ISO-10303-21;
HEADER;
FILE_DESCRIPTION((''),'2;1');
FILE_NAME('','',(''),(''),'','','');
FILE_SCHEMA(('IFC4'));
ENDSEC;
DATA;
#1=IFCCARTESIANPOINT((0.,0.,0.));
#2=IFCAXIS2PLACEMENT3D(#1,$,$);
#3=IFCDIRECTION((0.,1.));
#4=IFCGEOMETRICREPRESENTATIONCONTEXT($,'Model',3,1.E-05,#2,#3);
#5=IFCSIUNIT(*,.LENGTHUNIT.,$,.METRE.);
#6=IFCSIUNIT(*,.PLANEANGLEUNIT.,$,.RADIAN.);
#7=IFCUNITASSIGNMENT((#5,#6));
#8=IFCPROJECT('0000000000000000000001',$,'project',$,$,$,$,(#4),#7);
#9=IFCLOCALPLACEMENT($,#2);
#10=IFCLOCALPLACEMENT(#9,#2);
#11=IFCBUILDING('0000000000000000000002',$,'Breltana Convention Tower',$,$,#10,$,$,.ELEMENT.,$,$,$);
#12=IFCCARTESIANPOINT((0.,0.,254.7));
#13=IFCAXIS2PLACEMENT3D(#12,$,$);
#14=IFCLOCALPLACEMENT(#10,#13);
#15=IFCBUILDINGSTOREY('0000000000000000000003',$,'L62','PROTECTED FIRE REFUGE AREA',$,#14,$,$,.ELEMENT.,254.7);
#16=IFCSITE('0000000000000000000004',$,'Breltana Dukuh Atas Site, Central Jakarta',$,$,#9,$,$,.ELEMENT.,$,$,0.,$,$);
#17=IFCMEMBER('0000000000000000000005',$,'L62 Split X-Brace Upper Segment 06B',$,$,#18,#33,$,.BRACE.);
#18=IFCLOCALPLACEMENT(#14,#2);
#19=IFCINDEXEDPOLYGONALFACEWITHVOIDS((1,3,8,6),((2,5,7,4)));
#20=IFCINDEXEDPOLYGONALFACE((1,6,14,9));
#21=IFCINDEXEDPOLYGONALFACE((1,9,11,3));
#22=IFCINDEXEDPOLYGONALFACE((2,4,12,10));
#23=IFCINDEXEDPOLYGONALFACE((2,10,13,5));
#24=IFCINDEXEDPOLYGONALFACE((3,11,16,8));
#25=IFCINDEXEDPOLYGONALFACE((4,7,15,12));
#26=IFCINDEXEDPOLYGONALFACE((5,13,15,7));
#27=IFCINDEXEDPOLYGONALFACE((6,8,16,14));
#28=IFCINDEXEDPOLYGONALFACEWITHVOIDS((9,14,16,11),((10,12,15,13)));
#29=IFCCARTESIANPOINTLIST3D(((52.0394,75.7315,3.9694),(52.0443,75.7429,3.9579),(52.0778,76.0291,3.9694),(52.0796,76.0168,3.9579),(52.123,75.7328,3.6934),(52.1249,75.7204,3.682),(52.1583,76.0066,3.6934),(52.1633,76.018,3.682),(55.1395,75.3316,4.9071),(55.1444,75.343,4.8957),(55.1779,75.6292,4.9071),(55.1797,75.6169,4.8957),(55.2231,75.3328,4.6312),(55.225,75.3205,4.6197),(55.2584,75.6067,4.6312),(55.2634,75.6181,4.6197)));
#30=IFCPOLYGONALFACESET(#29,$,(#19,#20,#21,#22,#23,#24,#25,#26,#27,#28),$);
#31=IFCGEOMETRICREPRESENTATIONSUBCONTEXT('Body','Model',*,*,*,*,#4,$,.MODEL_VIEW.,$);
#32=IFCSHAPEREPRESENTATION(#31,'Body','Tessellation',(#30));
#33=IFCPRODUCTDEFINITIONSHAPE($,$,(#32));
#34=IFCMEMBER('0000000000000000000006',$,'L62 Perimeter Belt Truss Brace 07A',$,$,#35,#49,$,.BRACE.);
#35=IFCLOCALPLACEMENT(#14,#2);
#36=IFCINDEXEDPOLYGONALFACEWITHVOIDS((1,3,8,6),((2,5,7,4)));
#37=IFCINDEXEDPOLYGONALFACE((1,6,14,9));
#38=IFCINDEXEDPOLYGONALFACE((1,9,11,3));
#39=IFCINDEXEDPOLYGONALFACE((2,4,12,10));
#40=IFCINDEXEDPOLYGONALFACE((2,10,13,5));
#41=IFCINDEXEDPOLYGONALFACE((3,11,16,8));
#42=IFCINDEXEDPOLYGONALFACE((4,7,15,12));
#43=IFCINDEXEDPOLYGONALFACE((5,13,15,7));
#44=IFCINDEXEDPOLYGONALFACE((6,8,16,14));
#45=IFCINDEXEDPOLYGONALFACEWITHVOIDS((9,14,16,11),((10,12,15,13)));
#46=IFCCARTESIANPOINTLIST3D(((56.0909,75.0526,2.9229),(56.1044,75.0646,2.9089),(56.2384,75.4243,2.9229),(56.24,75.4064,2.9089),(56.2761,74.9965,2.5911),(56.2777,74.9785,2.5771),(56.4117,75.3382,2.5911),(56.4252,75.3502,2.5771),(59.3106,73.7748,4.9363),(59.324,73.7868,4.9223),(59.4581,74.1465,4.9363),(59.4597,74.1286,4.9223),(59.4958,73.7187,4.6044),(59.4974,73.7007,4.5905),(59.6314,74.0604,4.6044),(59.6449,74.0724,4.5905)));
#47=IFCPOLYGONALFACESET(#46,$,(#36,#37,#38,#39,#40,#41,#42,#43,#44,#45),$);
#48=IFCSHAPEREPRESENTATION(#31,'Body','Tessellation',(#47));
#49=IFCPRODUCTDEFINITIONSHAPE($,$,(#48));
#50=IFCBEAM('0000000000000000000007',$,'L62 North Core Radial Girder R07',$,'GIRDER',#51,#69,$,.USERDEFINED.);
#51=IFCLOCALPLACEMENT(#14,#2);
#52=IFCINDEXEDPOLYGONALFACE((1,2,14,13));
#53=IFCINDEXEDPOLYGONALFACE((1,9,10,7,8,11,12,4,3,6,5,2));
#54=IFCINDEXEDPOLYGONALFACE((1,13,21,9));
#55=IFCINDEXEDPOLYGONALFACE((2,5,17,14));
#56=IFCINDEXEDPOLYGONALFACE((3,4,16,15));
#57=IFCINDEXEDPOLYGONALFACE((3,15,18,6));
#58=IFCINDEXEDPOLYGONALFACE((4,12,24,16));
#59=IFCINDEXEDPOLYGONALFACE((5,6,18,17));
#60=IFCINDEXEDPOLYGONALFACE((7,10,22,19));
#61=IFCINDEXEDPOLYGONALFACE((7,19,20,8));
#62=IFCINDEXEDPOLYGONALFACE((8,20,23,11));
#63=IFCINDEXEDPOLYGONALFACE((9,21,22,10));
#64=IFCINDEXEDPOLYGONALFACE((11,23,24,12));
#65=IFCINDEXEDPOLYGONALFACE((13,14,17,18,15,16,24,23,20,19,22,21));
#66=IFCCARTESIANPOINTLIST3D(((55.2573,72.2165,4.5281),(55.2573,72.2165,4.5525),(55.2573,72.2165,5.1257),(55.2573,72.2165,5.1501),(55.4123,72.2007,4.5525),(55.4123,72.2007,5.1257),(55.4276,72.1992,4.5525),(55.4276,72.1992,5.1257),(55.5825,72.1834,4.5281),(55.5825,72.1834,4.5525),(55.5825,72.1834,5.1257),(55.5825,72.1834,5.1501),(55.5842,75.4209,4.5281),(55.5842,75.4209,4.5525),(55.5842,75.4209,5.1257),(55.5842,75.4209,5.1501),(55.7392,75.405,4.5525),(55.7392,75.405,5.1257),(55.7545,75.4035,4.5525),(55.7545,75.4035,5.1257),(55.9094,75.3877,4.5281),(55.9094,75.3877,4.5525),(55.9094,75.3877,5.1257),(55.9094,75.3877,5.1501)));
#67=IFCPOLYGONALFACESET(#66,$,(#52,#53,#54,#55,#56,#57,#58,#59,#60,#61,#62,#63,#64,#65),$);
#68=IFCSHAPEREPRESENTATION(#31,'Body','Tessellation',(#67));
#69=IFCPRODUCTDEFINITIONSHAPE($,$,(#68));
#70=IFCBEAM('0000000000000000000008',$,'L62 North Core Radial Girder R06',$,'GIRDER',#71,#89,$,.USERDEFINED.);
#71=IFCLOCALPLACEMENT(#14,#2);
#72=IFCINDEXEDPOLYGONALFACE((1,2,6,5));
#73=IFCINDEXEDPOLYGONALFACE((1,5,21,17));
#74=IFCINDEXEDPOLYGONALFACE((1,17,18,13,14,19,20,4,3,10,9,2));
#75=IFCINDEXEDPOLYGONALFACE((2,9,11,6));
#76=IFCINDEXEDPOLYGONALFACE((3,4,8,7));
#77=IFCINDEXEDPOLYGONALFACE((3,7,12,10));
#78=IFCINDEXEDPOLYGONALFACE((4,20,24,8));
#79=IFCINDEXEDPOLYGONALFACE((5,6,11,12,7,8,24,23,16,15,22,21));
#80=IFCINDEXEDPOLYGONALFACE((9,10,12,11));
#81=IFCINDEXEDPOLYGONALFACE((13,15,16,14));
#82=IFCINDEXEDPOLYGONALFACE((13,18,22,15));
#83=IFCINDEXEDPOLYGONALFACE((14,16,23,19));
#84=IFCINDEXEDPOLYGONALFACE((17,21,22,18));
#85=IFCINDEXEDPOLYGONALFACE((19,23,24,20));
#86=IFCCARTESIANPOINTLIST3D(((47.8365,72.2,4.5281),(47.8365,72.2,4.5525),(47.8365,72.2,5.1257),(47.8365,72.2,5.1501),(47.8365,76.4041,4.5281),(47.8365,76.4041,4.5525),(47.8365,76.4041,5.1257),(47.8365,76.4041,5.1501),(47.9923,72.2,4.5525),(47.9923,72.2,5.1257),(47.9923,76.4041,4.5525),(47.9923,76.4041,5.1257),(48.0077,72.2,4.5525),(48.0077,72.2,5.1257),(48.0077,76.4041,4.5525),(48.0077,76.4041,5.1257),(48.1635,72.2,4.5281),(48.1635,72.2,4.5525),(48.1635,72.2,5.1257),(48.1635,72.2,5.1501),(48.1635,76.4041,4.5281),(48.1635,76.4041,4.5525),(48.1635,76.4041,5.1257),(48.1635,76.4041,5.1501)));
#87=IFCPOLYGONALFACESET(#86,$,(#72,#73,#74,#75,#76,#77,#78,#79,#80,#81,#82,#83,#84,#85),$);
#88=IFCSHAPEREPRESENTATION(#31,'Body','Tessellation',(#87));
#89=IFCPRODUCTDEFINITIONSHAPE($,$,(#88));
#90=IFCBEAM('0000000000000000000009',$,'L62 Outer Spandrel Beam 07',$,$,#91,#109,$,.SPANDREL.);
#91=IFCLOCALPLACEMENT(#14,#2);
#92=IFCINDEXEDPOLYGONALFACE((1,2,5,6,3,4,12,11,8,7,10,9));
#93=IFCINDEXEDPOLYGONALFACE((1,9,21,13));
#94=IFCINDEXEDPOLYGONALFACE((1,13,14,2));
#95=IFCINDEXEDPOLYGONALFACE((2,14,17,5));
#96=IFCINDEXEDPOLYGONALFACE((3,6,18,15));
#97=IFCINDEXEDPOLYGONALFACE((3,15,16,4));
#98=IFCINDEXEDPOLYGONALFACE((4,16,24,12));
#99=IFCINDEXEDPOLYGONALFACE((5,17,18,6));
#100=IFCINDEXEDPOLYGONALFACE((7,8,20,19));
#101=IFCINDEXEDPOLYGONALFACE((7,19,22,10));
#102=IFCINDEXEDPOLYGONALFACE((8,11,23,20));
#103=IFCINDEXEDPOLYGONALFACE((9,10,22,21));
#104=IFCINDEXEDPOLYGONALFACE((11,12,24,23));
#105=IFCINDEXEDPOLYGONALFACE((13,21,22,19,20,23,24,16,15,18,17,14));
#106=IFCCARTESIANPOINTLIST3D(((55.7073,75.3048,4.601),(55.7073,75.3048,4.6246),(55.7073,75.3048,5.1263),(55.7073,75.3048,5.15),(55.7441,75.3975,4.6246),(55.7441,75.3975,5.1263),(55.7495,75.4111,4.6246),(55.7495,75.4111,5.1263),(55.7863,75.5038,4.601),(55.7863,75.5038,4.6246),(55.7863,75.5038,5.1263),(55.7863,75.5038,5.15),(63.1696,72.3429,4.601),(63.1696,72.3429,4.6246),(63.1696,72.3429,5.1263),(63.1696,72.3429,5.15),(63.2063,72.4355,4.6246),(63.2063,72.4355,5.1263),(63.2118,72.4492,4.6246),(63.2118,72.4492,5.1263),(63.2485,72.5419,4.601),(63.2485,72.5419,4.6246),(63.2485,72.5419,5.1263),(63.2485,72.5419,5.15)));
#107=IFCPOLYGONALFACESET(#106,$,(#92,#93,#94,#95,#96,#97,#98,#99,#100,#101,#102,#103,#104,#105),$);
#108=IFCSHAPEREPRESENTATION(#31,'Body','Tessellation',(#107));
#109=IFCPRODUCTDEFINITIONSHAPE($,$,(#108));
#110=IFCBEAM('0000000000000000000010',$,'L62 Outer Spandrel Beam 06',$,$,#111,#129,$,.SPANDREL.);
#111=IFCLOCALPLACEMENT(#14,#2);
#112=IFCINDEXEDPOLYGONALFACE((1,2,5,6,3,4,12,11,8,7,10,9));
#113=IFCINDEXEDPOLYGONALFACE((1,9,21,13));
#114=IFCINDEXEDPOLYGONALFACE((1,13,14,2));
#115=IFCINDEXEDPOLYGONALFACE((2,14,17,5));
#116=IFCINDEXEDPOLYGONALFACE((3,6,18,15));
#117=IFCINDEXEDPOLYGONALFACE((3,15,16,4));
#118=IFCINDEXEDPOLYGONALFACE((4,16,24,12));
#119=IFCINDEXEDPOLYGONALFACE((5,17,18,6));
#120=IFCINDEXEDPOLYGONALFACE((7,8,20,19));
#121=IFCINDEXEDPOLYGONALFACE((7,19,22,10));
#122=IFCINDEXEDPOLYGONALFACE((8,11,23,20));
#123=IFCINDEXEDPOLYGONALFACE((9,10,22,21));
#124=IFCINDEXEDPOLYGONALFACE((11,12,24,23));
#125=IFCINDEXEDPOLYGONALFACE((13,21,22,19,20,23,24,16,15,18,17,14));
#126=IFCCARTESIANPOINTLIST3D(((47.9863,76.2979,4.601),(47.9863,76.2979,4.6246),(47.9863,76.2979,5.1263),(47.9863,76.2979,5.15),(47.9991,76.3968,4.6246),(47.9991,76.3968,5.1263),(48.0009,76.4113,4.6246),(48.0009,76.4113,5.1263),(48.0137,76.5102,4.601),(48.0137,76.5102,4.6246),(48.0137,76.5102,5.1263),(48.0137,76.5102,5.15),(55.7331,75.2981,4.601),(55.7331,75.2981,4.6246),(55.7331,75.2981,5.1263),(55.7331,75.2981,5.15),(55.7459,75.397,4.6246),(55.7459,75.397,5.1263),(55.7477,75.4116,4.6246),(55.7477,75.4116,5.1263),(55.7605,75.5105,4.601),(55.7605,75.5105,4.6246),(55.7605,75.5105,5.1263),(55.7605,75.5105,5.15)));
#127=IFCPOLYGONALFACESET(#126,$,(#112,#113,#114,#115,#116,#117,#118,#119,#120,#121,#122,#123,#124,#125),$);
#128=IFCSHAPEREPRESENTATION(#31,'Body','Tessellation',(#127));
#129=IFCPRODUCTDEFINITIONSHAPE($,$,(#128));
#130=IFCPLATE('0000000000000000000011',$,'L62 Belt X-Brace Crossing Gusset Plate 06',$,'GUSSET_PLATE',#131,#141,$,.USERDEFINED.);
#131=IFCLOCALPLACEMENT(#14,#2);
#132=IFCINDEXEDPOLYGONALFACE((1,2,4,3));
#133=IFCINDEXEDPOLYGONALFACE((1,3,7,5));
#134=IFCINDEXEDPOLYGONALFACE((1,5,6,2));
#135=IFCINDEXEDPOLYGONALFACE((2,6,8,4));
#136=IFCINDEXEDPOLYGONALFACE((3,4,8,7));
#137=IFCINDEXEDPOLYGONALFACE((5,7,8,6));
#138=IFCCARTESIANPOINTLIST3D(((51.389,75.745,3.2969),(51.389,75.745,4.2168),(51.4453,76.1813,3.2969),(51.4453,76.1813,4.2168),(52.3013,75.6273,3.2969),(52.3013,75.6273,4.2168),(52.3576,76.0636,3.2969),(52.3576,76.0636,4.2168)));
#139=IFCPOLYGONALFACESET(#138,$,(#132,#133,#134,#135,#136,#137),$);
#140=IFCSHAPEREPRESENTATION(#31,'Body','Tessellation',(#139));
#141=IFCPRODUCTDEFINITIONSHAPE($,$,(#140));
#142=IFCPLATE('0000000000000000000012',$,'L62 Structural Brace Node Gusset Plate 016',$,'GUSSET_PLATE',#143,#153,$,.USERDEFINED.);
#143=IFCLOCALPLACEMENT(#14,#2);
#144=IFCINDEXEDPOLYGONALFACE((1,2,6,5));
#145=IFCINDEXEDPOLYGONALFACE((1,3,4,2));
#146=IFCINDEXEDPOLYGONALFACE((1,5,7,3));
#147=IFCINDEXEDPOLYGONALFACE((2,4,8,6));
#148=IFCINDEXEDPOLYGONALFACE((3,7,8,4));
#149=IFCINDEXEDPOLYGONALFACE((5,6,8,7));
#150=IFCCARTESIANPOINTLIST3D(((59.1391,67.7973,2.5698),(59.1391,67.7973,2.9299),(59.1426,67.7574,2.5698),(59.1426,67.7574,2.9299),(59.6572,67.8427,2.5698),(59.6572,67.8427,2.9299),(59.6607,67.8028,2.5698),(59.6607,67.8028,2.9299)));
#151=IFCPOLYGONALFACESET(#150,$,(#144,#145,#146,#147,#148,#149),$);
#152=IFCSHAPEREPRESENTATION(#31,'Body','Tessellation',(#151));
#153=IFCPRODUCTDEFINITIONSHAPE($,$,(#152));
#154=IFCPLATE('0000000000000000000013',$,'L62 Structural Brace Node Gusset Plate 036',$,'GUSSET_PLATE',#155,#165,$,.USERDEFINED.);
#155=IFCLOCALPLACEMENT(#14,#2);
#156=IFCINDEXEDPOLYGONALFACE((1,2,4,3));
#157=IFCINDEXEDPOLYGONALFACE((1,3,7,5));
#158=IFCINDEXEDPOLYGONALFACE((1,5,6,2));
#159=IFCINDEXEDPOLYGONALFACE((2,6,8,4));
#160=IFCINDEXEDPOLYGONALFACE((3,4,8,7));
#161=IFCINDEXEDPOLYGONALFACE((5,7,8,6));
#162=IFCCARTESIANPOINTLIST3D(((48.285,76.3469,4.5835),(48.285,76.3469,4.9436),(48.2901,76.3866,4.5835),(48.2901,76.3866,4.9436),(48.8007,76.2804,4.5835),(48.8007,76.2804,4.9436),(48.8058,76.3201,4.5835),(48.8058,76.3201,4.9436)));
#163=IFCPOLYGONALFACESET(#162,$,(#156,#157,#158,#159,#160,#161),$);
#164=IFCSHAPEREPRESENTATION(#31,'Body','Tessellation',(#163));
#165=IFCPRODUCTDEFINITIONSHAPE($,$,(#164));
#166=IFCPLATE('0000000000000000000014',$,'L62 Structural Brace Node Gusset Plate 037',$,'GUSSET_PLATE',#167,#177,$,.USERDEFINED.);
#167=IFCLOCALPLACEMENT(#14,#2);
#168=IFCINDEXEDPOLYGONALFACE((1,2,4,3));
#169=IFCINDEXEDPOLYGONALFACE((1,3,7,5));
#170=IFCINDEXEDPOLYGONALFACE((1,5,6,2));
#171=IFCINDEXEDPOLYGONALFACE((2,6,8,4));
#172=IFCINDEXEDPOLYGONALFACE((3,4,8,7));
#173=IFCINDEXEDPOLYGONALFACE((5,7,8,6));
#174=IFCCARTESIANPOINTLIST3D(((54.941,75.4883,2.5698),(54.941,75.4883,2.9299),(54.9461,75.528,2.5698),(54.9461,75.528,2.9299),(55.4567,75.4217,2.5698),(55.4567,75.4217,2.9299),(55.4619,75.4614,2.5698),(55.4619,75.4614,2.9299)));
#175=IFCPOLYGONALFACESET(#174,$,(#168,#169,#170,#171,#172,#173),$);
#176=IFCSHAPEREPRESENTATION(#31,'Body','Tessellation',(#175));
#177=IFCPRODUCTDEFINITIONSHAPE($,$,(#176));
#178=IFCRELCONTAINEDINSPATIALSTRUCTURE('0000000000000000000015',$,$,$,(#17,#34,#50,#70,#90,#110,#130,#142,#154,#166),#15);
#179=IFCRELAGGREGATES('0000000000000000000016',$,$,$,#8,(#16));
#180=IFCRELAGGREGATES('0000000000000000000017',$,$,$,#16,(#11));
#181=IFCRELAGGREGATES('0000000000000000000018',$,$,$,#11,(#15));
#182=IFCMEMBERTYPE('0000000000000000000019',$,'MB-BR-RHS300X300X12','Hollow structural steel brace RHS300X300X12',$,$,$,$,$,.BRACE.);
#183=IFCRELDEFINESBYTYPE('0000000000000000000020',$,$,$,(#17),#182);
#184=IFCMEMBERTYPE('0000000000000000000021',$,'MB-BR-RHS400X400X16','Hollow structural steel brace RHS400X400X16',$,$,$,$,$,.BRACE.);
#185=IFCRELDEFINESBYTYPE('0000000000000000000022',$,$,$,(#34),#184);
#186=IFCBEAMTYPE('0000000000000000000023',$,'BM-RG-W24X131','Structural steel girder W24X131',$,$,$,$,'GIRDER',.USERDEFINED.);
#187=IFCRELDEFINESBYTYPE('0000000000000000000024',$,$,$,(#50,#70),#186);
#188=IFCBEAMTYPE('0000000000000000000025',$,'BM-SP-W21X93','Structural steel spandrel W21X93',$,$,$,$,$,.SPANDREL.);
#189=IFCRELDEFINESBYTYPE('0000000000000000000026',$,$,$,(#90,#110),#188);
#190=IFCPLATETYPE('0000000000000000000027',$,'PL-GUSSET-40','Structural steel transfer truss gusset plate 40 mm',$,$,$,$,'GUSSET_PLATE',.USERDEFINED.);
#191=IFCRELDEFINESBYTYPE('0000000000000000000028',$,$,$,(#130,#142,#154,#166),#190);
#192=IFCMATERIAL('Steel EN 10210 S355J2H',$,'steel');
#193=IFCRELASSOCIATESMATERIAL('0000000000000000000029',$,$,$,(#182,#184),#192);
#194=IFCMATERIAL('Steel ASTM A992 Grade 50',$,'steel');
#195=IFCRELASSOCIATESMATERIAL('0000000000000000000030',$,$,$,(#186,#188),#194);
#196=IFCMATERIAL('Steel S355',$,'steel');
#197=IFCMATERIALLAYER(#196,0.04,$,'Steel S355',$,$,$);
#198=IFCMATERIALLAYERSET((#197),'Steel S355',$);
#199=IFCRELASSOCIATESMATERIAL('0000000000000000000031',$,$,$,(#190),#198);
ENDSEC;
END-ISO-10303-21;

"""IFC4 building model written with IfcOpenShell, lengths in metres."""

from ifc_helpers import new_model, si_unit, direction, frame, origin, origin_2d, place, context, subcontext, project, spatial, rectangle, hollow_rectangle, i_section, extrude, source, transform, mapped, material, layer, layer_set, material_profile, profile_set, type_object, type_shapes, element, save


model = new_model("IFC4")

# Units and contexts
model_context = context("Model", 3, precision=1e-05, world=origin(), true_north=direction((0.0, 1.0)))
body_context = subcontext(model_context, "Body", "Model", "MODEL_VIEW")
ifc_project = project(units=[si_unit("LENGTHUNIT", "METRE"), si_unit("PLANEANGLEUNIT", "RADIAN")], contexts=[model_context])

# Site, building, storey
site_placement = place(None, origin())
site = spatial("IfcSite", under=ifc_project, at=site_placement, Name="Breltana Dukuh Atas Site, Central Jakarta", CompositionType="ELEMENT", RefElevation=0.0)
building_placement = place(site_placement, origin())
building = spatial("IfcBuilding", under=site, at=building_placement, Name="Breltana Convention Tower", CompositionType="ELEMENT")
storey_placement = place(building_placement, frame((0.0, 0.0, 254.7)))
storey = spatial("IfcBuildingStorey", under=building, at=storey_placement, Name="L62", Description="PROTECTED FIRE REFUGE AREA", CompositionType="ELEMENT", Elevation=254.7)

# Shared definitions
ifc_material_1 = material(Name="Steel EN 10210 S355J2H", Category="steel")

# Shared definitions
ifc_material_2 = material(Name="Steel ASTM A992 Grade 50", Category="steel")

# Members
ifc_material_profile_1 = material_profile(ifc_material_1, hollow_rectangle(XDim=0.3, YDim=0.3, WallThickness=0.012, at=origin_2d()), Name="RHS300X300X12")
ifc_profile_set_1 = profile_set([ifc_material_profile_1], Name="Steel EN 10210 S355J2H")
member_type_1 = type_object("IfcMemberType", Name="MB-BR-RHS300X300X12", Description="Hollow structural steel brace RHS300X300X12", PredefinedType="BRACE", material=ifc_profile_set_1)
shared_shape_1 = source(origin(), body_context, "Body", "SweptSolid", [
    extrude(hollow_rectangle(XDim=0.3, YDim=0.3, WallThickness=0.012, at=origin_2d()), origin(), (0.0, 0.0, 1.0), 3.2634),
])
for number, where, z_axis, x_axis, name in (
    (1, (52.1013, 75.8748, 3.8257), (0.949954, -0.122541, 0.28735), (0.127937, 0.991782, 0.0), "L62 Split X-Brace Upper Segment 06B"),
):
    element("IfcMember", number, at=place(storey_placement, frame(where, z_axis=z_axis, x_axis=x_axis)), inside=storey, type_object=member_type_1, Name=name, PredefinedType="BRACE", context=body_context, shape_type="MappedRepresentation", body=[
        mapped(shared_shape_1, transform((0.0, 0.0, 0.0), scale=1.0)),
    ])
ifc_material_profile_2 = material_profile(ifc_material_1, hollow_rectangle(XDim=0.3999, YDim=0.3999, WallThickness=0.0161, at=origin_2d()), Name="RHS400X400X16")
ifc_profile_set_2 = profile_set([ifc_material_profile_2], Name="Steel EN 10210 S355J2H")
member_type_2 = type_object("IfcMemberType", Name="MB-BR-RHS400X400X16", Description="Hollow structural steel brace RHS400X400X16", PredefinedType="BRACE", material=ifc_profile_set_2)
shared_shape_2 = source(origin(), body_context, "Body", "SweptSolid", [
    extrude(hollow_rectangle(XDim=0.3999, YDim=0.3999, WallThickness=0.0161, at=origin_2d()), origin(), (0.0, 0.0, 1.0), 4.0066),
])
member_1_placement = place(storey_placement, frame((56.2581, 75.2014, 2.75), z_axis=(0.803592, -0.318926, 0.502519), x_axis=(0.368886, 0.929475, 0.0)))
element("IfcMember", 2, at=member_1_placement, inside=storey, type_object=member_type_2, Name="L62 Perimeter Belt Truss Brace 07A", PredefinedType="BRACE", context=body_context, shape_type="MappedRepresentation", body=[
    mapped(shared_shape_2, transform((0.0, 0.0, 0.0), scale=1.0)),
])

# Beams
ifc_material_profile_3 = material_profile(ifc_material_2, i_section(OverallWidth=0.3269, OverallDepth=0.6221, WebThickness=0.0154, FlangeThickness=0.0244, at=origin_2d()), Name="W24X131")
ifc_profile_set_3 = profile_set([ifc_material_profile_3], Name="Steel ASTM A992 Grade 50")
beam_type_1 = type_object("IfcBeamType", Name="BM-RG-W24X131", Description="Structural steel girder W24X131", ElementType="GIRDER", PredefinedType="USERDEFINED", material=ifc_profile_set_3)
shared_shape_3 = source(origin(), body_context, "Body", "SweptSolid", [
    extrude(i_section(OverallWidth=0.3269, OverallDepth=0.6221, WebThickness=0.0154, FlangeThickness=0.0244, at=origin_2d()), origin(), (0.0, 0.0, 1.0), 3.2209),
])
beam_1_placement = place(storey_placement, frame((55.4199, 72.2, 4.8391), z_axis=(0.101492, 0.994836, 0.0), x_axis=(-0.994836, 0.101492, 0.0)))
element("IfcBeam", 3, at=beam_1_placement, inside=storey, type_object=beam_type_1, Name="L62 North Core Radial Girder R07", ObjectType="GIRDER", PredefinedType="USERDEFINED", context=body_context, shape_type="MappedRepresentation", body=[
    mapped(shared_shape_3, transform((0.0, 0.0, 0.0), scale=1.0)),
])
shared_shape_4 = source(origin(), body_context, "Body", "SweptSolid", [
    extrude(i_section(OverallWidth=0.3269, OverallDepth=0.6221, WebThickness=0.0154, FlangeThickness=0.0244, at=origin_2d()), origin(), (0.0, 0.0, 1.0), 4.2041),
])
beam_2_placement = place(storey_placement, frame((48.0, 72.2, 4.8391), z_axis=(0.0, 1.0, 0.0), x_axis=(-1.0, 0.0, 0.0)))
element("IfcBeam", 4, at=beam_2_placement, inside=storey, type_object=beam_type_1, Name="L62 North Core Radial Girder R06", ObjectType="GIRDER", PredefinedType="USERDEFINED", context=body_context, shape_type="MappedRepresentation", body=[
    mapped(shared_shape_4, transform((0.0, 0.0, 0.0), scale=1.0)),
])
ifc_material_profile_4 = material_profile(ifc_material_2, i_section(OverallWidth=0.2141, OverallDepth=0.5491, WebThickness=0.0146, FlangeThickness=0.0237, at=origin_2d()), Name="W21X93")
ifc_profile_set_4 = profile_set([ifc_material_profile_4], Name="Steel ASTM A992 Grade 50")
beam_type_2 = type_object("IfcBeamType", Name="BM-SP-W21X93", Description="Structural steel spandrel W21X93", PredefinedType="SPANDREL", material=ifc_profile_set_4)
shared_shape_5 = source(origin(), body_context, "Body", "SweptSolid", [
    extrude(i_section(OverallWidth=0.2141, OverallDepth=0.5491, WebThickness=0.0146, FlangeThickness=0.0237, at=origin_2d()), origin(), (0.0, 0.0, 1.0), 8.0286),
])
beam_3_placement = place(storey_placement, frame((55.7468, 75.4043, 4.8755), z_axis=(0.929459, -0.368925, 0.0), x_axis=(0.368925, 0.929459, 0.0)))
element("IfcBeam", 5, at=beam_3_placement, inside=storey, type_object=beam_type_2, Name="L62 Outer Spandrel Beam 07", PredefinedType="SPANDREL", context=body_context, shape_type="MappedRepresentation", body=[
    mapped(shared_shape_5, transform((0.0, 0.0, 0.0), scale=1.0)),
])
shared_shape_6 = source(origin(), body_context, "Body", "SweptSolid", [
    extrude(i_section(OverallWidth=0.2141, OverallDepth=0.5491, WebThickness=0.0146, FlangeThickness=0.0237, at=origin_2d()), origin(), (0.0, 0.0, 1.0), 7.811),
])
beam_4_placement = place(storey_placement, frame((48.0, 76.4041, 4.8755), z_axis=(0.991775, -0.127992, 0.0), x_axis=(0.127992, 0.991775, 0.0)))
element("IfcBeam", 6, at=beam_4_placement, inside=storey, type_object=beam_type_2, Name="L62 Outer Spandrel Beam 06", PredefinedType="SPANDREL", context=body_context, shape_type="MappedRepresentation", body=[
    mapped(shared_shape_6, transform((0.0, 0.0, 0.0), scale=1.0)),
])

# Plates
ifc_material_3 = material(Name="Steel S355", Category="steel")
ifc_layer_1 = layer(ifc_material_3, 0.04, Name="Steel S355")
ifc_layer_set_1 = layer_set([ifc_layer_1], Name="Steel S355")
plate_type = type_object("IfcPlateType", Name="PL-GUSSET-40", Description="Structural steel transfer truss gusset plate 40 mm", ElementType="GUSSET_PLATE", PredefinedType="USERDEFINED", material=ifc_layer_set_1)
shared_shape_7 = source(origin(), body_context, "Body", "SweptSolid", [
    extrude(rectangle(XDim=0.9199, YDim=0.4399, at=origin_2d()), origin(), (0.0, 0.0, 1.0), 0.9199),
])
type_shapes(plate_type, [shared_shape_7])
plate_placement = place(storey_placement, frame((51.8733, 75.9043, 3.2969), z_axis=(0.0, 0.0, 1.0), x_axis=(0.991783, -0.12793, 0.0)))
element("IfcPlate", 7, at=plate_placement, inside=storey, type_object=plate_type, Name="L62 Belt X-Brace Crossing Gusset Plate 06", ObjectType="GUSSET_PLATE", PredefinedType="USERDEFINED", context=body_context, shape_type="MappedRepresentation", body=[
    mapped(shared_shape_7, transform((0.0, 0.0, 0.0), scale=1.0)),
])
shared_shape_8 = source(origin(), body_context, "Body", "SweptSolid", [
    extrude(rectangle(XDim=0.52, YDim=0.04, at=origin_2d()), origin(), (0.0, 0.0, 1.0), 0.3601),
])
for number, where, z_axis, x_axis, name in (
    (8, (59.3999, 67.8, 2.5698), (0.0, 0.0, 1.0), (0.996179, 0.08733, 0.0), "L62 Structural Brace Node Gusset Plate 016"),
    (9, (48.5454, 76.3335, 4.5835), (0.0, 0.0, 1.0), (0.991783, -0.12793, 0.0), "L62 Structural Brace Node Gusset Plate 036"),
    (10, (55.2014, 75.4749, 2.5698), (0.0, 0.0, 1.0), (0.991783, -0.12793, 0.0), "L62 Structural Brace Node Gusset Plate 037"),
):
    element("IfcPlate", number, at=place(storey_placement, frame(where, z_axis=z_axis, x_axis=x_axis)), inside=storey, type_object=plate_type, Name=name, ObjectType="GUSSET_PLATE", PredefinedType="USERDEFINED", context=body_context, shape_type="MappedRepresentation", body=[
        mapped(shared_shape_8, transform((0.0, 0.0, 0.0), scale=1.0)),
    ])

save(model, "model.ifc")
